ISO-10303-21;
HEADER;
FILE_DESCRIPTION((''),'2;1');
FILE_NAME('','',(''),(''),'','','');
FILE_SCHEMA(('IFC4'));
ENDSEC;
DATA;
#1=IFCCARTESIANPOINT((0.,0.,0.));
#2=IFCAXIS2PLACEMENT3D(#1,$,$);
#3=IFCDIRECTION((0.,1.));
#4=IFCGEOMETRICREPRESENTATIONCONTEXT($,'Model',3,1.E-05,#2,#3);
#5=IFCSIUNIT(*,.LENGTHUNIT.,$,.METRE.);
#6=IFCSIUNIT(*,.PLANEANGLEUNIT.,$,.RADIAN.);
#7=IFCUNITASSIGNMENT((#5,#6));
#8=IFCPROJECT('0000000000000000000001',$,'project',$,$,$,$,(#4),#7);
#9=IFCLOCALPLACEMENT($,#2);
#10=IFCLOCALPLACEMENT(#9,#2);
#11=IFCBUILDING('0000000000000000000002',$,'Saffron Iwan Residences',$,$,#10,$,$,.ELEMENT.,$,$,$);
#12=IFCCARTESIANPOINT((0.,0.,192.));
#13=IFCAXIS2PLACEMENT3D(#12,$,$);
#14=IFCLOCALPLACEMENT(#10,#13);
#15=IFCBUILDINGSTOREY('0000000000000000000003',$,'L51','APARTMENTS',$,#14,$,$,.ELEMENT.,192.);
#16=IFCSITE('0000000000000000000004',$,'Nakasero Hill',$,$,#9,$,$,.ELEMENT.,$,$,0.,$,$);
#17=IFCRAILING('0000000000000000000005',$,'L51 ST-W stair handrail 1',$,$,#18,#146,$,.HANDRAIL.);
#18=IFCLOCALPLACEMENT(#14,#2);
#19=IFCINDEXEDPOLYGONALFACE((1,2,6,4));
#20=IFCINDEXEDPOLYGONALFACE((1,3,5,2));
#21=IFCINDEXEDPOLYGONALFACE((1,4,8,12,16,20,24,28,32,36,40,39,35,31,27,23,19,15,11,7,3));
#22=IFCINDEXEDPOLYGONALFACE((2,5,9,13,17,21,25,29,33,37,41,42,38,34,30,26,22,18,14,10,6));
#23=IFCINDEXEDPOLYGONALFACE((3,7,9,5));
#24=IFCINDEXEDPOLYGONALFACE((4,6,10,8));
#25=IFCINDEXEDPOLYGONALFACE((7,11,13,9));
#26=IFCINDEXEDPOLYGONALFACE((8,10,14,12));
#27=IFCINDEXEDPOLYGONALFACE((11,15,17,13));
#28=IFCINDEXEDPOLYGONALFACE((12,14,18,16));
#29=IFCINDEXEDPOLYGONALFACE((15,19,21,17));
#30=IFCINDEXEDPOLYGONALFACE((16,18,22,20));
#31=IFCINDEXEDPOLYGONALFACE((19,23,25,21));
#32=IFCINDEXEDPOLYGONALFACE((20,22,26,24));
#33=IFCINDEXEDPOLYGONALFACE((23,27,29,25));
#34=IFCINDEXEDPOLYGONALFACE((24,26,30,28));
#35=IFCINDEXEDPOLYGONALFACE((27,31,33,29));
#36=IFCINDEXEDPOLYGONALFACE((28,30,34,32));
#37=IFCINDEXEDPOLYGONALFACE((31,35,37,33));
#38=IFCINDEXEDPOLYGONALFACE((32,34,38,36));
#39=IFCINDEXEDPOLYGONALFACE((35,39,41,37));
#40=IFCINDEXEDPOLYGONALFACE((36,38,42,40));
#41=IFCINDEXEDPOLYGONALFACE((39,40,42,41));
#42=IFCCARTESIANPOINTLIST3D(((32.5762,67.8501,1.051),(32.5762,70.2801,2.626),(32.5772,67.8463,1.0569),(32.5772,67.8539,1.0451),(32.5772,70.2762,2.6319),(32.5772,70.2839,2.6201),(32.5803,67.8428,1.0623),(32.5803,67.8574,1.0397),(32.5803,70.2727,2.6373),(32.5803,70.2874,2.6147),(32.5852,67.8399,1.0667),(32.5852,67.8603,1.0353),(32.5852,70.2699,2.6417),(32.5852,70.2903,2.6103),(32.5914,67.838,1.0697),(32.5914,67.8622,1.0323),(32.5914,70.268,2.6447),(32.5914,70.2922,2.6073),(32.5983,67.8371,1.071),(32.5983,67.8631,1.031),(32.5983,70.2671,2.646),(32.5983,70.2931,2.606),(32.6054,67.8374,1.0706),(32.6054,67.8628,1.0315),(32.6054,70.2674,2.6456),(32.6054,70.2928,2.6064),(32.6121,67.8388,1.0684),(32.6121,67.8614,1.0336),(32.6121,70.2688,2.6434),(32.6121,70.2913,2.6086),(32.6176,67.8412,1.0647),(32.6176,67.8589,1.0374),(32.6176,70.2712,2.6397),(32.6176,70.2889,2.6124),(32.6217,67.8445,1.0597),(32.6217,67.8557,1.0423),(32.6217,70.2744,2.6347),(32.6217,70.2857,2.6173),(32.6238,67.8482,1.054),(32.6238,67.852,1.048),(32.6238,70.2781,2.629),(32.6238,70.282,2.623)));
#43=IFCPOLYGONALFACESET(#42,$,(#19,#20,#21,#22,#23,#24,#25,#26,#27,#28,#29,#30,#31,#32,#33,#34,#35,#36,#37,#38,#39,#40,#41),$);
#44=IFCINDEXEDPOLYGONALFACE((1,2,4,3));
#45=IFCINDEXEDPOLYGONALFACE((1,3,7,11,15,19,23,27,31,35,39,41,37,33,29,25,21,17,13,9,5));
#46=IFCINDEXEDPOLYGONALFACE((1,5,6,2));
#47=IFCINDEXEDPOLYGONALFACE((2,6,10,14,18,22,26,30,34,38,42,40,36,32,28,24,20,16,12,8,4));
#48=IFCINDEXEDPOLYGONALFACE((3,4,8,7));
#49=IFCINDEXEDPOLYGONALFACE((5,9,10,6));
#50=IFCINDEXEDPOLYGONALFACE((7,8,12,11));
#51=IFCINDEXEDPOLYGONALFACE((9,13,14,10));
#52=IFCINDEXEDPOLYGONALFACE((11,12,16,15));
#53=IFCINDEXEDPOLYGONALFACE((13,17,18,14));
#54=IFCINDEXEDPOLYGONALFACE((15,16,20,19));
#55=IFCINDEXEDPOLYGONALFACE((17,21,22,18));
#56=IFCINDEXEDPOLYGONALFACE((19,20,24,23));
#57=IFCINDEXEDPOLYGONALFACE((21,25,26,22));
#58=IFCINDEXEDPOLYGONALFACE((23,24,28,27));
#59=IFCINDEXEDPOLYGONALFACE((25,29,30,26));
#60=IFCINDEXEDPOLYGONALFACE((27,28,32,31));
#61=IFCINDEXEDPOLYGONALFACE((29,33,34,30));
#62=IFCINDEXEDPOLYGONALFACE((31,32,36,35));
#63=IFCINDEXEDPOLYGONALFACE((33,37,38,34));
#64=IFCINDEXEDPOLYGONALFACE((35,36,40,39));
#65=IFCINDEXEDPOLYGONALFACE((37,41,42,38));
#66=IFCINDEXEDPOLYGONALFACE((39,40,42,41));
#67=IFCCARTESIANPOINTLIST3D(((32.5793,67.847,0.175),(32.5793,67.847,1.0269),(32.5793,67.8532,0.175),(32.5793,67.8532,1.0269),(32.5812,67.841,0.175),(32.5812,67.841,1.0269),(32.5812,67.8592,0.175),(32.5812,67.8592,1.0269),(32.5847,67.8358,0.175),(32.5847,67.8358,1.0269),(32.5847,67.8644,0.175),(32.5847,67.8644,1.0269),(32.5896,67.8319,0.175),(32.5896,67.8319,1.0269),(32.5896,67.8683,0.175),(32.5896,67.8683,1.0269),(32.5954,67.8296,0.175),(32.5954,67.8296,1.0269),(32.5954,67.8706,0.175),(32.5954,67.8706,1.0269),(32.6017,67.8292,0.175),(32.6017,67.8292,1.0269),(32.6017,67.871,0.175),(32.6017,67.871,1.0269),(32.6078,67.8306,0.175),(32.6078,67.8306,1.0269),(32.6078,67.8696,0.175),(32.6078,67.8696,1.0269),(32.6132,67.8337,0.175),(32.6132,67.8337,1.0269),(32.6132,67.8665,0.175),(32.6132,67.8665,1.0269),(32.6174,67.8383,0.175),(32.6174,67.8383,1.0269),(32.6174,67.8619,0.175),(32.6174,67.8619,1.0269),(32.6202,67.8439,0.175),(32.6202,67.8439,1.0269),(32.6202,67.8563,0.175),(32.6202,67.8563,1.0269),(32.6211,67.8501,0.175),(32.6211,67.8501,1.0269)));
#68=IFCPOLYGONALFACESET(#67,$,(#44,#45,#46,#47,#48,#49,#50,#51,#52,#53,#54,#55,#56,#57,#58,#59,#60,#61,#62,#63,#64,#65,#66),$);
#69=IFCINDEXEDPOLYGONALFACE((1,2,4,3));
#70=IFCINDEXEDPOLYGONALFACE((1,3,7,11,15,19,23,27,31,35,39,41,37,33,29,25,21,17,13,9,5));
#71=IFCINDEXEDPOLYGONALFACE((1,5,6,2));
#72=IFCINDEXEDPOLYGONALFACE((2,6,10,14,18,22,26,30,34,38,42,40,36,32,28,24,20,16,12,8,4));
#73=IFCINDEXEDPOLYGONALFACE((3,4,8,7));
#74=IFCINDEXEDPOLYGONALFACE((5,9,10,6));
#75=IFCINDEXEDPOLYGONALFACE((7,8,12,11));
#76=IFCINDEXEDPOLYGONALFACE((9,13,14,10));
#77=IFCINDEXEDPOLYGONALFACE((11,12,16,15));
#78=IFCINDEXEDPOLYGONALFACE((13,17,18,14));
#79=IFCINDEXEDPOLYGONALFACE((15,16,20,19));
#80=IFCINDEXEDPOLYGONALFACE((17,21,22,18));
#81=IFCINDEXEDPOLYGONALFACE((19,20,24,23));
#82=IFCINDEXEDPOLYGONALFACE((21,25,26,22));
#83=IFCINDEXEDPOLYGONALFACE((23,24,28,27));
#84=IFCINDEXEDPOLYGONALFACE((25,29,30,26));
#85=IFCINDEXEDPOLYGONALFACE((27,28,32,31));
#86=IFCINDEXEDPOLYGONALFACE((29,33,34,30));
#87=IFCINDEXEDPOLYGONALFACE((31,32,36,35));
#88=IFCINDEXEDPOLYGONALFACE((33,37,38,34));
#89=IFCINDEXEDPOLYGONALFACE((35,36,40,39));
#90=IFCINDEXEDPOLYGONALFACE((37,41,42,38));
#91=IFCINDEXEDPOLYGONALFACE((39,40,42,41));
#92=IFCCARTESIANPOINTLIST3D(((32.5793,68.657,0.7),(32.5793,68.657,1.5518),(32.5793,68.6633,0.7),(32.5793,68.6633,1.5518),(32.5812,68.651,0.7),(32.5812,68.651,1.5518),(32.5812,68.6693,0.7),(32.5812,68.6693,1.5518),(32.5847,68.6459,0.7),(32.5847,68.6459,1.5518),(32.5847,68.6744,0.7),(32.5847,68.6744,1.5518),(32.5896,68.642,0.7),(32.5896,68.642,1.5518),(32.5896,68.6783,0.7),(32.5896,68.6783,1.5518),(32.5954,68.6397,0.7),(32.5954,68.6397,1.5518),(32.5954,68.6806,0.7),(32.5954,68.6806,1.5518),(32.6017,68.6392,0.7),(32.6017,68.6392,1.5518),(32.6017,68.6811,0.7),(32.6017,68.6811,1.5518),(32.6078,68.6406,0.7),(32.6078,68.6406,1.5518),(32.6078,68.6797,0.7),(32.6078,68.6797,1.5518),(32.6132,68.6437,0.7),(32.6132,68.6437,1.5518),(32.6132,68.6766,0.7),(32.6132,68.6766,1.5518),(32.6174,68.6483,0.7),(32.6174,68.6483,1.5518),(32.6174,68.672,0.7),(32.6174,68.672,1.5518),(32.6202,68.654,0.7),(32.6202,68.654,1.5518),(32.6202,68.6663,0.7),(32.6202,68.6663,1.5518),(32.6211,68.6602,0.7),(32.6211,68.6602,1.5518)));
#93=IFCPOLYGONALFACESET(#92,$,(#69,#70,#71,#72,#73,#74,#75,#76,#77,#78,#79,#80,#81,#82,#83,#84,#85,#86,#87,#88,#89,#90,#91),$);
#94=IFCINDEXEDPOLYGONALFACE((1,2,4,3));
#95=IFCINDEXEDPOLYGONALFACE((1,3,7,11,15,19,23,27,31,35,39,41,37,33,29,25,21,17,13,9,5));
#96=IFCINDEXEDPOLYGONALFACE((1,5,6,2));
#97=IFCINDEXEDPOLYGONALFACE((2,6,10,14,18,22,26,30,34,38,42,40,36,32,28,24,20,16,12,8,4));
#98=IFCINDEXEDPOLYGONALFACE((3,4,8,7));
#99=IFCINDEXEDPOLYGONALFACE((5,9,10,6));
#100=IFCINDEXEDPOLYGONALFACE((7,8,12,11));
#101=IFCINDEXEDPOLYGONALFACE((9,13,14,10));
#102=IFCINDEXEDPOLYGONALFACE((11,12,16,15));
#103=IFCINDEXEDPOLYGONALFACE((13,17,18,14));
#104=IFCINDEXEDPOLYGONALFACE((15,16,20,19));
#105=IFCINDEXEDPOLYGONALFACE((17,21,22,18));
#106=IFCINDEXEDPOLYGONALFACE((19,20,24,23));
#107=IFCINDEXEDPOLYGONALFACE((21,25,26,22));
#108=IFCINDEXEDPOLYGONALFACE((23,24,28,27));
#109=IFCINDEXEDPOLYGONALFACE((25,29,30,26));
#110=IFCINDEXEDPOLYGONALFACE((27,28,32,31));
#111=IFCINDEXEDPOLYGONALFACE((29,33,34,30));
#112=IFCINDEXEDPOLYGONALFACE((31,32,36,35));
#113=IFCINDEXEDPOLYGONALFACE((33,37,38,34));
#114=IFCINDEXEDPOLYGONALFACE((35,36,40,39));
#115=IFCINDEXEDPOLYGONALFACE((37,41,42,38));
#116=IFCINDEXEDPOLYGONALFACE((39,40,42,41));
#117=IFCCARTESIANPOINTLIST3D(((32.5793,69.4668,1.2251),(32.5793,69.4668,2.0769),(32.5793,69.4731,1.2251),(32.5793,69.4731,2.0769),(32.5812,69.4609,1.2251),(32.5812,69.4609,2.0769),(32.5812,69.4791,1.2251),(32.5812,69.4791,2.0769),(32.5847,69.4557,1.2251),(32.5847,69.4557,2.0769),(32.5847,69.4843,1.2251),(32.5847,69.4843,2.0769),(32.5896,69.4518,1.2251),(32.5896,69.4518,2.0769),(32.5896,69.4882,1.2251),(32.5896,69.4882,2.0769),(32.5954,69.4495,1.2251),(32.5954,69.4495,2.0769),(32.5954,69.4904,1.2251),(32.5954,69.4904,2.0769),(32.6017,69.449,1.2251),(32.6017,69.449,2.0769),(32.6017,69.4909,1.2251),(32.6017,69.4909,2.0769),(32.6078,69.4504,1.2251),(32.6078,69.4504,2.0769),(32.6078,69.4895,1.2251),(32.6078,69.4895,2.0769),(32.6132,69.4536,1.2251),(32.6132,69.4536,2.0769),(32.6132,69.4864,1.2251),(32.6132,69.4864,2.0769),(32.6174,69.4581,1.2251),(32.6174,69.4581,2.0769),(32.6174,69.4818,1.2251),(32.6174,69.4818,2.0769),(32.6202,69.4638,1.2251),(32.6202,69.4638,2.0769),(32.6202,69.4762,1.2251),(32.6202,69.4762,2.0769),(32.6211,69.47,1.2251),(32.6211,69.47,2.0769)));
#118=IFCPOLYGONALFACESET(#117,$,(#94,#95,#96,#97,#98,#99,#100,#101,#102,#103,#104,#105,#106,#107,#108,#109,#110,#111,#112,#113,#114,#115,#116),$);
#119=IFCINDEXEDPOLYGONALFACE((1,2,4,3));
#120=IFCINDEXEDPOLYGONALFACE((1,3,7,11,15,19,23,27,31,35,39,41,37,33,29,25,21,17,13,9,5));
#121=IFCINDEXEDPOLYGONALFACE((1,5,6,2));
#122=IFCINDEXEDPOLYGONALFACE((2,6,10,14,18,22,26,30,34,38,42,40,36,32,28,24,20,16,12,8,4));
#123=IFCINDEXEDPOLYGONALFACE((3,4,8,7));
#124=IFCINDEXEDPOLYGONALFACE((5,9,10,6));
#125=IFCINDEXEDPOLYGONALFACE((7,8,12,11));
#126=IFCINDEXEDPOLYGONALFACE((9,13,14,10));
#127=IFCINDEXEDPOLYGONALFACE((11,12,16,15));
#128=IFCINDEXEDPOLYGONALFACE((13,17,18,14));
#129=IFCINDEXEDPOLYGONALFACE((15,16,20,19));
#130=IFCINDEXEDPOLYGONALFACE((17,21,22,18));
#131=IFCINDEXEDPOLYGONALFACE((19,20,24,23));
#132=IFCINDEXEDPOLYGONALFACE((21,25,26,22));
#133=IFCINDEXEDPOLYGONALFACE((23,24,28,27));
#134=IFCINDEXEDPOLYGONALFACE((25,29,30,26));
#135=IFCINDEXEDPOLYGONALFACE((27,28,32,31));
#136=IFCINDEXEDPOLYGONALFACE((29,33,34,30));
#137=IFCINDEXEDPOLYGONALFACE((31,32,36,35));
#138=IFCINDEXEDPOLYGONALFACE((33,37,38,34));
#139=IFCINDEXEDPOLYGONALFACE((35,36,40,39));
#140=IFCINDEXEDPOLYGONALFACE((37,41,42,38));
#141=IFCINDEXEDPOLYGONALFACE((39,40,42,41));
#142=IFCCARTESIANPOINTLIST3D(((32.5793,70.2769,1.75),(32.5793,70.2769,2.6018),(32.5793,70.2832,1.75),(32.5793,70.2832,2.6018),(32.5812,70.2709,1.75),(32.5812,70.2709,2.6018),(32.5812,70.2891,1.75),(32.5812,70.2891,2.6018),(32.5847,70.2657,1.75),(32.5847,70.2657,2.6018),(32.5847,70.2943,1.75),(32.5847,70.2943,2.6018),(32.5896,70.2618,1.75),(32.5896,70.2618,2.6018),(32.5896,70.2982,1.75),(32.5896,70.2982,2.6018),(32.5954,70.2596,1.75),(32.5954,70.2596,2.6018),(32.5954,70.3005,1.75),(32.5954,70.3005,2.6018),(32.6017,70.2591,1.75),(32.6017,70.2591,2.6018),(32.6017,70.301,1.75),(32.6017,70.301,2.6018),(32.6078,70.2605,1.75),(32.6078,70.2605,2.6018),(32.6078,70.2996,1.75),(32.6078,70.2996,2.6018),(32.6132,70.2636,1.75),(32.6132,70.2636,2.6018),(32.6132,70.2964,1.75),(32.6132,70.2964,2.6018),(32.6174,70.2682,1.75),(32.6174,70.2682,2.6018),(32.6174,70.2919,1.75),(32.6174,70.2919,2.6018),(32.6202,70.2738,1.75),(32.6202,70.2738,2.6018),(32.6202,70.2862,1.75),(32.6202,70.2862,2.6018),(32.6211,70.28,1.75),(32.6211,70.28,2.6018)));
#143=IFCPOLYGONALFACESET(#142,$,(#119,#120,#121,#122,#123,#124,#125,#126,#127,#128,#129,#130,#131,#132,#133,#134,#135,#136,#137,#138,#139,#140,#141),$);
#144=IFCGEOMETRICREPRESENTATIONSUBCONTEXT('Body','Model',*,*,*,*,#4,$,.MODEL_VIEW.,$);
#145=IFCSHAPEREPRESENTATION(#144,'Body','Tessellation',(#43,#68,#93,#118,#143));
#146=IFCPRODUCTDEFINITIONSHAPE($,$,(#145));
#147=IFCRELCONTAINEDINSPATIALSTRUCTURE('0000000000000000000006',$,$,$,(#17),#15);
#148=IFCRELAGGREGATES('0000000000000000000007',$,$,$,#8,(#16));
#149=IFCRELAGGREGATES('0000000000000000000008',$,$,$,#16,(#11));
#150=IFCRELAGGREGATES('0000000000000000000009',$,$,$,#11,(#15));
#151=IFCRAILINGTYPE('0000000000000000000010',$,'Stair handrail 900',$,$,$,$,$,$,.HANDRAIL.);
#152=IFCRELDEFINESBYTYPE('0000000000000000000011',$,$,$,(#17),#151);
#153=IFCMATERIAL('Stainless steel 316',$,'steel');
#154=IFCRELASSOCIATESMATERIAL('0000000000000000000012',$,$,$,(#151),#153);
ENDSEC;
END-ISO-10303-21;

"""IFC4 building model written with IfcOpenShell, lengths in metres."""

from ifc_helpers import new_model, si_unit, direction, frame, origin, origin_2d, place, context, subcontext, project, spatial, circle, extrude, material, type_object, element, save


model = new_model("IFC4")

# Units and contexts
model_context = context("Model", 3, precision=1e-05, world=origin(), true_north=direction((0.0, 1.0)))
body_context = subcontext(model_context, "Body", "Model", "MODEL_VIEW")
ifc_project = project(units=[si_unit("LENGTHUNIT", "METRE"), si_unit("PLANEANGLEUNIT", "RADIAN")], contexts=[model_context])

# Site, building, storey
site_placement = place(None, origin())
site = spatial("IfcSite", under=ifc_project, at=site_placement, Name="Nakasero Hill", CompositionType="ELEMENT", RefElevation=0.0)
building_placement = place(site_placement, origin())
building = spatial("IfcBuilding", under=site, at=building_placement, Name="Saffron Iwan Residences", CompositionType="ELEMENT")
storey_placement = place(building_placement, frame((0.0, 0.0, 192.0)))
storey = spatial("IfcBuildingStorey", under=building, at=storey_placement, Name="L51", Description="APARTMENTS", CompositionType="ELEMENT", Elevation=192.0)

# Railing
ifc_material_1 = material(Name="Stainless steel 316", Category="steel")
railing_type_1 = type_object("IfcRailingType", Name="Stair handrail 900", PredefinedType="HANDRAIL", material=ifc_material_1)
railing_1_placement = place(storey_placement, frame((32.6001, 67.8501, 0.175)))
element("IfcRailing", 1, at=railing_1_placement, inside=storey, type_object=railing_type_1, Name="L51 ST-W stair handrail 1", PredefinedType="HANDRAIL", context=body_context, shape_type="SweptSolid", body=[
    extrude(circle(Radius=0.0239, at=origin_2d()), frame((0.0, 0.0, 0.876), z_axis=(0.0, 0.839154, 0.543894), x_axis=(-1.0, 0.0, 0.0)), (0.0, 0.0, 1.0), 2.8958),
    extrude(circle(Radius=0.021, at=origin_2d()), origin(), (0.0, 0.0, 1.0), 0.8518),
    extrude(circle(Radius=0.021, at=origin_2d()), frame((0.0, 0.8101, 0.5249)), (0.0, 0.0, 1.0), 0.8518),
    extrude(circle(Radius=0.021, at=origin_2d()), frame((0.0, 1.6199, 1.05)), (0.0, 0.0, 1.0), 0.8518),
    extrude(circle(Radius=0.021, at=origin_2d()), frame((0.0, 2.4299, 1.575)), (0.0, 0.0, 1.0), 0.8518),
])

save(model, "model.ifc")
